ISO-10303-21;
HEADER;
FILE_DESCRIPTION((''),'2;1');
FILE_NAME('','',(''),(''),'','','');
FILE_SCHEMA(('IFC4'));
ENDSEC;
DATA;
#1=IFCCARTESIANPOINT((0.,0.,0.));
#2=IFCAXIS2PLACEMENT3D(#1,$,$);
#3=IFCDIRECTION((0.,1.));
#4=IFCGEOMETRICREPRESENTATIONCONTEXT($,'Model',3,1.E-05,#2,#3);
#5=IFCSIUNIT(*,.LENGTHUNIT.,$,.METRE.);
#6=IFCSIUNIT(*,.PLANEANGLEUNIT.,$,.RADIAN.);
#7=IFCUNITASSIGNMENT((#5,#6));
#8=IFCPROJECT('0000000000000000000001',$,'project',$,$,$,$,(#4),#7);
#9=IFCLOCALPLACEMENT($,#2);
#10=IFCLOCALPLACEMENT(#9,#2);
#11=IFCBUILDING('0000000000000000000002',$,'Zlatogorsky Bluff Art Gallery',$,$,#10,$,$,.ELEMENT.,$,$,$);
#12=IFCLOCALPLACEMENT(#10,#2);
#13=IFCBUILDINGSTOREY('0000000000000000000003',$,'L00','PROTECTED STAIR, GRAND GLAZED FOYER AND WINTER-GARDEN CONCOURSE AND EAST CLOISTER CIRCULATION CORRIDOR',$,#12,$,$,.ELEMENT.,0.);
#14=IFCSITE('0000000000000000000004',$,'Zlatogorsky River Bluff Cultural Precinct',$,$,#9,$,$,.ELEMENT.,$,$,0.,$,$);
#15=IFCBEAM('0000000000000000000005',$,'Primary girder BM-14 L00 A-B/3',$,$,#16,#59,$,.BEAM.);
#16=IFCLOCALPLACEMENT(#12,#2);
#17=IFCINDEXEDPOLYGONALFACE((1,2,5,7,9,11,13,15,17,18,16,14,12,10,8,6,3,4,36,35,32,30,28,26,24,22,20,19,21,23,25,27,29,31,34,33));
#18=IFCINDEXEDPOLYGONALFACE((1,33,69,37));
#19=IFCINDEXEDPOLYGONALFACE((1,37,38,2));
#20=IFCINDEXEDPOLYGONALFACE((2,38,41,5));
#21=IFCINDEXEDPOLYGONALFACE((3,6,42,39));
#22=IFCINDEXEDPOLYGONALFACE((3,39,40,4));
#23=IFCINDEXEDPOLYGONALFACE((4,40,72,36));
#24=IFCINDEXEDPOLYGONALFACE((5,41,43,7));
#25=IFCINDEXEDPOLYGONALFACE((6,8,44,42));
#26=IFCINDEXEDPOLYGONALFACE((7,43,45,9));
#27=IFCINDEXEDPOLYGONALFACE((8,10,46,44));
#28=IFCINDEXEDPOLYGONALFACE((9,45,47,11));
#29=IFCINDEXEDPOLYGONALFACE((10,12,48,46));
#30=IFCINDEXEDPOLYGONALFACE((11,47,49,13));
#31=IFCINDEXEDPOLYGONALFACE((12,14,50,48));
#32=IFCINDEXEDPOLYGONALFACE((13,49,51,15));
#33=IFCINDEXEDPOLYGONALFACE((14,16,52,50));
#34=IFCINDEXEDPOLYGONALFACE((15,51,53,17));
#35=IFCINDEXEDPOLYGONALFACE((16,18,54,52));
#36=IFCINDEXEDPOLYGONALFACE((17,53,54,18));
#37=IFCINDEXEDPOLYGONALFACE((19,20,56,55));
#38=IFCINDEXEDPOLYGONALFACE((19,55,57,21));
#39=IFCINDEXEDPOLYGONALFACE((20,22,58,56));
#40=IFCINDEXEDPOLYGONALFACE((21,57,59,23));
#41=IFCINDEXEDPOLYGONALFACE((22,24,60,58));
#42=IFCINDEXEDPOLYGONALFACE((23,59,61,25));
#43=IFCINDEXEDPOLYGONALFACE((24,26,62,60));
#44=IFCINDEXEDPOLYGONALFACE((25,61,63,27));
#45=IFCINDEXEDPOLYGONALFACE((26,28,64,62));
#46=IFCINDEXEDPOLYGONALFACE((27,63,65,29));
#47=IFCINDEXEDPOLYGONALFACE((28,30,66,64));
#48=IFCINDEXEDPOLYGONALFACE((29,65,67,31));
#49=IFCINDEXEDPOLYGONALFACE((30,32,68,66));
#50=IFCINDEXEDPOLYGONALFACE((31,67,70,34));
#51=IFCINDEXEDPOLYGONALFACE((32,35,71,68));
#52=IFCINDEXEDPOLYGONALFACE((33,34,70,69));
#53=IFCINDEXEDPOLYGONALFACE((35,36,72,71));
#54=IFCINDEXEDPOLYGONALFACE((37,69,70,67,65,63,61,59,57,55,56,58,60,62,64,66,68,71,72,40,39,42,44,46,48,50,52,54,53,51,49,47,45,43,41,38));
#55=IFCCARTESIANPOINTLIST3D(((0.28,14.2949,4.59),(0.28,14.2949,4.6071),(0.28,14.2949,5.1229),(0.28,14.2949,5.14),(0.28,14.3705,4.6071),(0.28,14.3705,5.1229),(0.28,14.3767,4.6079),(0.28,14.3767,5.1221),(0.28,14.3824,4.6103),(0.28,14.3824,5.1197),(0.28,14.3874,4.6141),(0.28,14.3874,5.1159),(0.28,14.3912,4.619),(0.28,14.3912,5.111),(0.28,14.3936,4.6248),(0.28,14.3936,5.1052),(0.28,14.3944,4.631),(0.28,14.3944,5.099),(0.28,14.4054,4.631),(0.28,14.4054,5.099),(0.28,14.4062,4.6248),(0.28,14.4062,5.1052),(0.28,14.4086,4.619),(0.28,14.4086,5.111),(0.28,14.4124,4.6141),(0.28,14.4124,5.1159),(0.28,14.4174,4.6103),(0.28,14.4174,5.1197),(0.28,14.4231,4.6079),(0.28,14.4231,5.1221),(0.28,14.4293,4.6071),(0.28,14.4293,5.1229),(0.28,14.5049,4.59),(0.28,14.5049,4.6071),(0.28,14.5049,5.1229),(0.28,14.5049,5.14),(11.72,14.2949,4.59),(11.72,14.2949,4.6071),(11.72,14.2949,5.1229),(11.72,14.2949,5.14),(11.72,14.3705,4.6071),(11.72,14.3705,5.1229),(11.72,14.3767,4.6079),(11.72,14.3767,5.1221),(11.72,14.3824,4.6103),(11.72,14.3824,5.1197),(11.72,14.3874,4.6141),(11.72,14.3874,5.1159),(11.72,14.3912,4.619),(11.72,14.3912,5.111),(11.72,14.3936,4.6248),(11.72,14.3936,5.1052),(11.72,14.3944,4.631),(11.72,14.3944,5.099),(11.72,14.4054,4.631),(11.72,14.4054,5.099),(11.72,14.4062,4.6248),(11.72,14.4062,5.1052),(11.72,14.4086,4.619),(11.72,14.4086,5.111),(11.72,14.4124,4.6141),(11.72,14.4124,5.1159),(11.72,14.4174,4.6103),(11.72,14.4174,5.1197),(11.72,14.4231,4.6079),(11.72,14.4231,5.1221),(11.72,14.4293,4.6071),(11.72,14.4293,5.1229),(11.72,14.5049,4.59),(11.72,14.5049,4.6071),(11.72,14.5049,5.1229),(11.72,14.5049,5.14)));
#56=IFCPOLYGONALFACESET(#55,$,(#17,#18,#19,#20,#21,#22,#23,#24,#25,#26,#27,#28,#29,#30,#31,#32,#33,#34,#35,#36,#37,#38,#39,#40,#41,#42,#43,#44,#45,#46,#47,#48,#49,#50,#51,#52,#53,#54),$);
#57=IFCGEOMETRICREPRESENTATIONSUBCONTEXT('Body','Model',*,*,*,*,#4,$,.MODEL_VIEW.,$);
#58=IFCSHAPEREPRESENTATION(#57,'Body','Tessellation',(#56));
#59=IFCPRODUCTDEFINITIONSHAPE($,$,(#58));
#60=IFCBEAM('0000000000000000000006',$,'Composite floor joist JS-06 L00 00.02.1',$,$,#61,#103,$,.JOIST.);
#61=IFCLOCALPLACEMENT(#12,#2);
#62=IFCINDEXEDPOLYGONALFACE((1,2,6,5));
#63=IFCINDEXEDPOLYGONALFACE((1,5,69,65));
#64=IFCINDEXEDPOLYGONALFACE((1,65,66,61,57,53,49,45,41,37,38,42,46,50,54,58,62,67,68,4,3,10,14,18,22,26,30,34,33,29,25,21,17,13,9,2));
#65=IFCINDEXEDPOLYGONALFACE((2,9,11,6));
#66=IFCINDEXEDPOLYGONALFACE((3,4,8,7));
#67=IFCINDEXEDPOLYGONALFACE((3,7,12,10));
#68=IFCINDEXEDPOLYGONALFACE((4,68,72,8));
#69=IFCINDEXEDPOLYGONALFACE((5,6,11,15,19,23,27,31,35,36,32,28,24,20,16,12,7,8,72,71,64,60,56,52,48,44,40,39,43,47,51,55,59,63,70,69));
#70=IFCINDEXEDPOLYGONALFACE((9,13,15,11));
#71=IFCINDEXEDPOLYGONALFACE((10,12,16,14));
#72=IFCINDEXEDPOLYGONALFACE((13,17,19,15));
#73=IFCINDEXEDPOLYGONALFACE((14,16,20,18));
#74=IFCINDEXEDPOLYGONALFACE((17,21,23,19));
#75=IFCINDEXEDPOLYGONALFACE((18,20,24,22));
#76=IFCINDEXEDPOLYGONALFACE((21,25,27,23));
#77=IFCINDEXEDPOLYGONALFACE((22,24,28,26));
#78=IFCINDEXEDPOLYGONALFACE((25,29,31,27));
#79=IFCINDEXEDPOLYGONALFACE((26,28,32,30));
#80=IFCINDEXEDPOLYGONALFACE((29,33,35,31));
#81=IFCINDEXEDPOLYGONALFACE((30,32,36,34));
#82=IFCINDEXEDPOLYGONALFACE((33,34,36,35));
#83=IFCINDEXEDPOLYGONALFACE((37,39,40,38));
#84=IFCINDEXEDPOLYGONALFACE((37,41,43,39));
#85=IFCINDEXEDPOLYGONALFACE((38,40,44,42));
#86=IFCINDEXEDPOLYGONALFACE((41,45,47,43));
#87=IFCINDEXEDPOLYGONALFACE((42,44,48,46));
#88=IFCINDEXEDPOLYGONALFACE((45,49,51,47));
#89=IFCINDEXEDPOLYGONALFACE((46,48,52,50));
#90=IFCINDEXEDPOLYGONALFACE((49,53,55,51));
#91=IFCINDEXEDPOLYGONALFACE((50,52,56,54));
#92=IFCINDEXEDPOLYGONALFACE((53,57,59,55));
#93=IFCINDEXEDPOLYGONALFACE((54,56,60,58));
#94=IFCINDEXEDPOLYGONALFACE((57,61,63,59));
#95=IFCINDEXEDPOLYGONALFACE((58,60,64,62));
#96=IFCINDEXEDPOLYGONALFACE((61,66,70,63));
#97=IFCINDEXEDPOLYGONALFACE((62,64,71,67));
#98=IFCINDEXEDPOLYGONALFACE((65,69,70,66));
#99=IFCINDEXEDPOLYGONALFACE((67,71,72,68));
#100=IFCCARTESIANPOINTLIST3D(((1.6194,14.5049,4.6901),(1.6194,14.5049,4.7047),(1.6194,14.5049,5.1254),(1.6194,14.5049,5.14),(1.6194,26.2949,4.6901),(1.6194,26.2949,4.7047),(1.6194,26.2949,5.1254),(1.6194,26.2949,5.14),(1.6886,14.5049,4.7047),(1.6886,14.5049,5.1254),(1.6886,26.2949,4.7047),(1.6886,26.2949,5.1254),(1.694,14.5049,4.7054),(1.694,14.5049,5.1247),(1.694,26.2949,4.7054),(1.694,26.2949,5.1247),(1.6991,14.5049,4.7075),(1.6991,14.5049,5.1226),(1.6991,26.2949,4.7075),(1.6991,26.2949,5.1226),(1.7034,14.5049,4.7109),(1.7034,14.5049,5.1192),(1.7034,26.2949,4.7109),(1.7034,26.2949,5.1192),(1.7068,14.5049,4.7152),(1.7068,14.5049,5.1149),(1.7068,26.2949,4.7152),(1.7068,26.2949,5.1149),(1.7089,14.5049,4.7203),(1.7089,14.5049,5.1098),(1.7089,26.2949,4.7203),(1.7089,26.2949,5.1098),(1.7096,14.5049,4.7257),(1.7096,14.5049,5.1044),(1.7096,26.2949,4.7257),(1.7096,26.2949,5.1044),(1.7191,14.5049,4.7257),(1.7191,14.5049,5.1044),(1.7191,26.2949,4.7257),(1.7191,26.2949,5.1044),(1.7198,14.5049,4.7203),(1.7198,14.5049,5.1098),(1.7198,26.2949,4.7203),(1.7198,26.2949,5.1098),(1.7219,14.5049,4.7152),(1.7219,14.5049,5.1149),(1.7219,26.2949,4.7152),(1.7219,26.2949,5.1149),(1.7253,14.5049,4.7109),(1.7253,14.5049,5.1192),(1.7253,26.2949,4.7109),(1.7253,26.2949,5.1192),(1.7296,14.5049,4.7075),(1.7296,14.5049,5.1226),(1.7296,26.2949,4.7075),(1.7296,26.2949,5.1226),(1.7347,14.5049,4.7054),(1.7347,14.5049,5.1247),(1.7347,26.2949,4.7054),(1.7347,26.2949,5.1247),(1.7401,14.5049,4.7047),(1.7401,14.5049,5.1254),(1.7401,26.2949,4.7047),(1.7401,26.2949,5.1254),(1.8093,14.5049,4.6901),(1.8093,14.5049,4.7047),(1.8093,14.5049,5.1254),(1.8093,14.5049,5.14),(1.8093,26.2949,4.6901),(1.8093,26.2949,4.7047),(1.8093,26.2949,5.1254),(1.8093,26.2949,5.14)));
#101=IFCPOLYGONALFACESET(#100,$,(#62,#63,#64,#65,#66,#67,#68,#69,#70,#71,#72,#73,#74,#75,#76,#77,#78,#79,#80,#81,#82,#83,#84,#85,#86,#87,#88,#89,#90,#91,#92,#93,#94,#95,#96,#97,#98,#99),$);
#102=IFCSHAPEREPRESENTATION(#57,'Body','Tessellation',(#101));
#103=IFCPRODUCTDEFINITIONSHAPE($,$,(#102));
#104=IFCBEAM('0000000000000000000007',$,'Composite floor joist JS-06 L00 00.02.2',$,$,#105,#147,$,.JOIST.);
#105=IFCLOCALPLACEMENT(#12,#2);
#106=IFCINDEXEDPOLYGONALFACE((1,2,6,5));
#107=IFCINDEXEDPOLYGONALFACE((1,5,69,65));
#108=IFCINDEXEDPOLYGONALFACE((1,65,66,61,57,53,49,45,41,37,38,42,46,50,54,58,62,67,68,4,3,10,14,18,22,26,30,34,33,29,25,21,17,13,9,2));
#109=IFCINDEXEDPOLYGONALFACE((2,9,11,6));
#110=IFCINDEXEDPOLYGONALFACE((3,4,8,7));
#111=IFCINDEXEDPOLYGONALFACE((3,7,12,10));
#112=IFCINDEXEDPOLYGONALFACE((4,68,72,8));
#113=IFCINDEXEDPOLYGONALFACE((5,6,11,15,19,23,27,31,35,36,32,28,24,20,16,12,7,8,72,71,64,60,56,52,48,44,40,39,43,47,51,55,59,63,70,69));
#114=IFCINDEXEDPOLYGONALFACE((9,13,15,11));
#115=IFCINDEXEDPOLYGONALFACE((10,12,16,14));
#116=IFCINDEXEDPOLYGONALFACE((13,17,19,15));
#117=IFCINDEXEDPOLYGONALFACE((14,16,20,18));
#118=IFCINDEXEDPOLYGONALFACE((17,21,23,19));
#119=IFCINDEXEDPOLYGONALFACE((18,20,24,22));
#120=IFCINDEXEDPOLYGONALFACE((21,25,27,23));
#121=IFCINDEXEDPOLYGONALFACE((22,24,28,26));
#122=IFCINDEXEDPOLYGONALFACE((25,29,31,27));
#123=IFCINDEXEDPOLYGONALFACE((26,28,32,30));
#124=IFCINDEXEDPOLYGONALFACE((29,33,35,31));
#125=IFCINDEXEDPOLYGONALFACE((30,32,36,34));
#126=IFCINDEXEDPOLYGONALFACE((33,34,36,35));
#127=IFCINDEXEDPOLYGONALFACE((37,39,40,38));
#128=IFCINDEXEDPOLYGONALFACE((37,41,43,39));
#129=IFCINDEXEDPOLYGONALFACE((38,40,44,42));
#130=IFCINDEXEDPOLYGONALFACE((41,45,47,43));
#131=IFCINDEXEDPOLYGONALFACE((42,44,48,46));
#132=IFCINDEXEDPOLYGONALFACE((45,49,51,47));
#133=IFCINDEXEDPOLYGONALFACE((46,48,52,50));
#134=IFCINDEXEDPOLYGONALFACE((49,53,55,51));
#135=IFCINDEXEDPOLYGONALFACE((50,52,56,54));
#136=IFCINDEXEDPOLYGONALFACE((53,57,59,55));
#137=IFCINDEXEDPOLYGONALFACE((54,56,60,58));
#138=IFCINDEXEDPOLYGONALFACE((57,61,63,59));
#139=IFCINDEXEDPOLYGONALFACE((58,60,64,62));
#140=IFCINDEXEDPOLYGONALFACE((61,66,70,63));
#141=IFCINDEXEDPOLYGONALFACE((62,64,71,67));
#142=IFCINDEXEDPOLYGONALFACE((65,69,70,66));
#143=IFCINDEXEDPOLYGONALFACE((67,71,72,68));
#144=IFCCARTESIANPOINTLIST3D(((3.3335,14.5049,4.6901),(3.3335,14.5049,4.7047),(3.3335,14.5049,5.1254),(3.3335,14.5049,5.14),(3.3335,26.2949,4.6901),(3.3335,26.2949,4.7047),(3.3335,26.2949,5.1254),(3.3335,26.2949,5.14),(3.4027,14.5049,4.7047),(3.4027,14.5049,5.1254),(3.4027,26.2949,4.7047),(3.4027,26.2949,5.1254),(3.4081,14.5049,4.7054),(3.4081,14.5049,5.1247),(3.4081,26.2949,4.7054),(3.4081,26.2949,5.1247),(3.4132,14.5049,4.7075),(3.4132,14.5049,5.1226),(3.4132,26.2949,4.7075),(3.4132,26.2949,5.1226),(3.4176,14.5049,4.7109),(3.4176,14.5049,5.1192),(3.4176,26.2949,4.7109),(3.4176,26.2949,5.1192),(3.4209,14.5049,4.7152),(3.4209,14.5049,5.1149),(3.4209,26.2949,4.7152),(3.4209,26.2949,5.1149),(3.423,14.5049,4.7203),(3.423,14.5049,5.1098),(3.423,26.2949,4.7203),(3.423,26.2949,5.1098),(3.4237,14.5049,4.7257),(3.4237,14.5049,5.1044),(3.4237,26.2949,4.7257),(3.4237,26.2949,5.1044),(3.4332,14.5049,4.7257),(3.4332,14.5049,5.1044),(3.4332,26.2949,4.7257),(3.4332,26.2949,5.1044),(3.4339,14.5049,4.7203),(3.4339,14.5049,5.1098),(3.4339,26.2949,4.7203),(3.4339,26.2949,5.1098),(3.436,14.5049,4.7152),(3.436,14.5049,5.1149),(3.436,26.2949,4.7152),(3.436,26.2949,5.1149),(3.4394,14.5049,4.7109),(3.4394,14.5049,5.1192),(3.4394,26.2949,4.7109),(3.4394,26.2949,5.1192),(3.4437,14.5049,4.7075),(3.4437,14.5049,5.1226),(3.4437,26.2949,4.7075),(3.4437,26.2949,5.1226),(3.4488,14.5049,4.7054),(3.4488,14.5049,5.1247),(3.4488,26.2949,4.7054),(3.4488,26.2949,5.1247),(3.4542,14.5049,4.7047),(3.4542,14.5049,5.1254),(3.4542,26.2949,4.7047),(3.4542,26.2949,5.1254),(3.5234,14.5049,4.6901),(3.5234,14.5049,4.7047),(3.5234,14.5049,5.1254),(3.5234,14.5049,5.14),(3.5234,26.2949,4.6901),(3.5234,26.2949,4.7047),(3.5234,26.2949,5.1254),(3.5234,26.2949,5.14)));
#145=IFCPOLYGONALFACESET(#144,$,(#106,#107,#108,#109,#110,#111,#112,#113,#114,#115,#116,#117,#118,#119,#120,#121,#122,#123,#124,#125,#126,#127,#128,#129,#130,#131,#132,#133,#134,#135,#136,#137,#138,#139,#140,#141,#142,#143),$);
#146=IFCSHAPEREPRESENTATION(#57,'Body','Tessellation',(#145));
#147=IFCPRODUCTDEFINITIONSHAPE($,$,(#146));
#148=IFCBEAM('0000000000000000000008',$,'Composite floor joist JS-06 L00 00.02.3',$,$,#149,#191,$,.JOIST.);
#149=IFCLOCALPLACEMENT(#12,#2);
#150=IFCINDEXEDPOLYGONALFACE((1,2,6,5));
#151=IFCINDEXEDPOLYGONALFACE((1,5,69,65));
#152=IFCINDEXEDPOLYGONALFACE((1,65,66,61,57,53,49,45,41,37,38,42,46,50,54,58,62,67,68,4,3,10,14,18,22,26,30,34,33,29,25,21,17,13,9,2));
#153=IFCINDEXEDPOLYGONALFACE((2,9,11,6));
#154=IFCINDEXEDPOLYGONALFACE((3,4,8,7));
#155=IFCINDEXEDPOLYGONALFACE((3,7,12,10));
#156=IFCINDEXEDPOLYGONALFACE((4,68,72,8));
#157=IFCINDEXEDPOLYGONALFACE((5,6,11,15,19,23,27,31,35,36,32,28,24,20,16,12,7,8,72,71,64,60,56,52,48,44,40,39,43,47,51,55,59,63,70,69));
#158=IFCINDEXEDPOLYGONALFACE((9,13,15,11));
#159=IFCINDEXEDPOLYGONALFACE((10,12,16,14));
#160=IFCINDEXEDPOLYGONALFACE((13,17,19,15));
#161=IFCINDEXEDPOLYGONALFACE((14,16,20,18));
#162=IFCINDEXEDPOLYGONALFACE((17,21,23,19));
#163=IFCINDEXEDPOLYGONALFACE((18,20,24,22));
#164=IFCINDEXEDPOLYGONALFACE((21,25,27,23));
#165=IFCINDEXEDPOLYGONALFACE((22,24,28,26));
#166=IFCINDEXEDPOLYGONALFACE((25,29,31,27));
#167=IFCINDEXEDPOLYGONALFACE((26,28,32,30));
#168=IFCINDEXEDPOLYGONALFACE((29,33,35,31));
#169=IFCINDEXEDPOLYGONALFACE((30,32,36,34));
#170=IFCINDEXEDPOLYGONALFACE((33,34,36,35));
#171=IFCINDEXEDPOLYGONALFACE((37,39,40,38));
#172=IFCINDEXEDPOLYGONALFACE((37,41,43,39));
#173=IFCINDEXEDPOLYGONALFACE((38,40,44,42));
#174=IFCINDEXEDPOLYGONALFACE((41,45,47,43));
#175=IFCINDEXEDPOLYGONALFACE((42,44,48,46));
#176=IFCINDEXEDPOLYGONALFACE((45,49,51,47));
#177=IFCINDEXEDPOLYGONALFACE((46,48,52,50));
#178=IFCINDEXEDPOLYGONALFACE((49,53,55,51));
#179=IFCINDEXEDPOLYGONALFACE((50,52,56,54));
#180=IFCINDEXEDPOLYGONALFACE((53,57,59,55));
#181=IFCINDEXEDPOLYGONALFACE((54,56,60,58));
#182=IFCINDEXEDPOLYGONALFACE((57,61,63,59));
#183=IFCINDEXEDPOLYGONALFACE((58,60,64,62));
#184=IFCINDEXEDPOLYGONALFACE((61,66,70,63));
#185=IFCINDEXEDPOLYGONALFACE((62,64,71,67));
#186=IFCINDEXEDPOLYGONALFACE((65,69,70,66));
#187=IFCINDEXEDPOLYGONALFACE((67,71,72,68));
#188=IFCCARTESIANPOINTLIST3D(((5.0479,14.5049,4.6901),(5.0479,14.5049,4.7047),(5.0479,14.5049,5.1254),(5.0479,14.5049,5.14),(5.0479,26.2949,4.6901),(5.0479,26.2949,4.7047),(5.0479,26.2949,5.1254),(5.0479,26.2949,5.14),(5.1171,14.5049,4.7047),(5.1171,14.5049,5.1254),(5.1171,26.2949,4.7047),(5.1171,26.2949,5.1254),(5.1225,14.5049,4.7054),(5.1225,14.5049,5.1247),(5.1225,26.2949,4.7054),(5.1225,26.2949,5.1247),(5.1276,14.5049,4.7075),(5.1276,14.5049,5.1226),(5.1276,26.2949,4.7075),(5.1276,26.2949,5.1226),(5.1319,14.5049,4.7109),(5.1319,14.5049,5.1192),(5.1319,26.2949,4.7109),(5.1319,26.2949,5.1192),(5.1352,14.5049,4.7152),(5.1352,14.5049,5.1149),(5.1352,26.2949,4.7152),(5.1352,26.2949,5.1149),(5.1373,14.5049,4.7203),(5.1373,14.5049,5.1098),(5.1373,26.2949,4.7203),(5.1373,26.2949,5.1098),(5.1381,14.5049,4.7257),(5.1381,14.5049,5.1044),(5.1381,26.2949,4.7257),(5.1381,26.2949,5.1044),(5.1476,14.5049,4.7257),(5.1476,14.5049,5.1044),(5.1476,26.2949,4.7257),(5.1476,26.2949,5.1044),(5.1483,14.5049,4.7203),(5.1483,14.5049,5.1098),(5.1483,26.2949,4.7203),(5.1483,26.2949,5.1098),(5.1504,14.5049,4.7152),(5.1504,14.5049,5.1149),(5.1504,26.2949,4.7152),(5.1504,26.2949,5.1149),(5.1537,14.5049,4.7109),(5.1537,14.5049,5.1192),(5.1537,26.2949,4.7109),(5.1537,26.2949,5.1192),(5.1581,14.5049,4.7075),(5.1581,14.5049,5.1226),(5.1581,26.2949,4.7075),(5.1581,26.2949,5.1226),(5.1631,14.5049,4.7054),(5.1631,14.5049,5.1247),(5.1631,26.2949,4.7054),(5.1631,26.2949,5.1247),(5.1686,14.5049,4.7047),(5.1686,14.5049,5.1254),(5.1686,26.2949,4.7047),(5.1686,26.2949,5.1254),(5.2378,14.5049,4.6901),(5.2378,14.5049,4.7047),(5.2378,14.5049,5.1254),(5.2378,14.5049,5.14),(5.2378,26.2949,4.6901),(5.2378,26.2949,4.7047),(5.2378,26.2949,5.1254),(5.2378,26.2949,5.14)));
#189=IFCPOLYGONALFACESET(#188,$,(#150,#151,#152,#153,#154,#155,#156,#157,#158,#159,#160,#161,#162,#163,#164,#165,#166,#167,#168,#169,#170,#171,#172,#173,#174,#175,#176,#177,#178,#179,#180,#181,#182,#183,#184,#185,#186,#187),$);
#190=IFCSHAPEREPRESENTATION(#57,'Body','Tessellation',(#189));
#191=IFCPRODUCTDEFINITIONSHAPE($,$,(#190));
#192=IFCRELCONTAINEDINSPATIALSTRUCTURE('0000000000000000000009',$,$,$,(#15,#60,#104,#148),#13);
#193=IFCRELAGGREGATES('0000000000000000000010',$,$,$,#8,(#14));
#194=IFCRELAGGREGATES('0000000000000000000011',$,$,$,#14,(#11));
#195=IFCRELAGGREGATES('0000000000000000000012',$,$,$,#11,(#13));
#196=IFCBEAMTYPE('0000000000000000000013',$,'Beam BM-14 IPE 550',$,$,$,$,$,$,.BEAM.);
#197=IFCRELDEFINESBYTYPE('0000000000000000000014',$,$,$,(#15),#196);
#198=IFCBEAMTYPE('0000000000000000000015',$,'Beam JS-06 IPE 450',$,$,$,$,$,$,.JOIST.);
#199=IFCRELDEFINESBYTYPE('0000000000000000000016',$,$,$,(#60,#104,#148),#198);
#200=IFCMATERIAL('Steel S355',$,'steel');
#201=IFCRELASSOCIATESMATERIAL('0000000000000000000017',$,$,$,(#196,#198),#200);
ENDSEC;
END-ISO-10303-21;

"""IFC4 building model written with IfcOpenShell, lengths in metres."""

from ifc_helpers import new_model, si_unit, direction, frame, origin, origin_2d, place, context, subcontext, project, spatial, i_section, extrude, material, material_profile, profile_set, type_object, element, save


model = new_model("IFC4")

# Units and contexts
model_context = context("Model", 3, precision=1e-05, world=origin(), true_north=direction((0.0, 1.0)))
body_context = subcontext(model_context, "Body", "Model", "MODEL_VIEW")
ifc_project = project(units=[si_unit("LENGTHUNIT", "METRE"), si_unit("PLANEANGLEUNIT", "RADIAN")], contexts=[model_context])

# Site, building, storey
site_placement = place(None, origin())
site = spatial("IfcSite", under=ifc_project, at=site_placement, Name="Zlatogorsky River Bluff Cultural Precinct", CompositionType="ELEMENT", RefElevation=0.0)
building_placement = place(site_placement, origin())
building = spatial("IfcBuilding", under=site, at=building_placement, Name="Zlatogorsky Bluff Art Gallery", CompositionType="ELEMENT")
storey_placement = place(building_placement, origin())
storey = spatial("IfcBuildingStorey", under=building, at=storey_placement, Name="L00", Description="PROTECTED STAIR, GRAND GLAZED FOYER AND WINTER-GARDEN CONCOURSE AND EAST CLOISTER CIRCULATION CORRIDOR", CompositionType="ELEMENT", Elevation=0.0)

# Beams
ifc_material_1 = material(Name="Steel S355", Category="steel")
ifc_material_profile_1 = material_profile(ifc_material_1, i_section(OverallWidth=0.21, OverallDepth=0.55, WebThickness=0.011, FlangeThickness=0.0171, FilletRadius=0.0239, at=origin_2d()), Name="IPE 550")
ifc_profile_set_1 = profile_set([ifc_material_profile_1], Name="Steel S355")
beam_type_1 = type_object("IfcBeamType", Name="Beam BM-14 IPE 550", PredefinedType="BEAM", material=ifc_profile_set_1)
beam_placement = place(storey_placement, frame((0.28, 14.3999, 4.865), z_axis=(1.0, 0.0, 0.0), x_axis=(0.0, 1.0, 0.0)))
element("IfcBeam", 1, at=beam_placement, inside=storey, type_object=beam_type_1, Name="Primary girder BM-14 L00 A-B/3", PredefinedType="BEAM", context=body_context, shape_type="SweptSolid", body=[
    extrude(i_section(OverallWidth=0.21, OverallDepth=0.55, WebThickness=0.011, FlangeThickness=0.0171, FilletRadius=0.0239, at=origin_2d()), origin(), (0.0, 0.0, 1.0), 11.4399),
])
ifc_material_profile_2 = material_profile(ifc_material_1, i_section(OverallWidth=0.1899, OverallDepth=0.45, WebThickness=0.0095, FlangeThickness=0.0146, FilletRadius=0.021, at=origin_2d()), Name="IPE 450")
ifc_profile_set_2 = profile_set([ifc_material_profile_2], Name="Steel S355")
beam_type_2 = type_object("IfcBeamType", Name="Beam JS-06 IPE 450", PredefinedType="JOIST", material=ifc_profile_set_2)
for number, where, z_axis, x_axis, name in (
    (2, (1.7144, 14.5049, 4.915), (0.0, 1.0, 0.0), (-1.0, 0.0, 0.0), "Composite floor joist JS-06 L00 00.02.1"),
    (3, (3.4285, 14.5049, 4.915), (0.0, 1.0, 0.0), (-1.0, 0.0, 0.0), "Composite floor joist JS-06 L00 00.02.2"),
    (4, (5.1428, 14.5049, 4.915), (0.0, 1.0, 0.0), (-1.0, 0.0, 0.0), "Composite floor joist JS-06 L00 00.02.3"),
):
    element("IfcBeam", number, at=place(storey_placement, frame(where, z_axis=z_axis, x_axis=x_axis)), inside=storey, type_object=beam_type_2, Name=name, PredefinedType="JOIST", context=body_context, shape_type="SweptSolid", body=[
        extrude(i_section(OverallWidth=0.1899, OverallDepth=0.45, WebThickness=0.0095, FlangeThickness=0.0146, FilletRadius=0.021, at=origin_2d()), origin(), (0.0, 0.0, 1.0), 11.79),
    ])

save(model, "model.ifc")
